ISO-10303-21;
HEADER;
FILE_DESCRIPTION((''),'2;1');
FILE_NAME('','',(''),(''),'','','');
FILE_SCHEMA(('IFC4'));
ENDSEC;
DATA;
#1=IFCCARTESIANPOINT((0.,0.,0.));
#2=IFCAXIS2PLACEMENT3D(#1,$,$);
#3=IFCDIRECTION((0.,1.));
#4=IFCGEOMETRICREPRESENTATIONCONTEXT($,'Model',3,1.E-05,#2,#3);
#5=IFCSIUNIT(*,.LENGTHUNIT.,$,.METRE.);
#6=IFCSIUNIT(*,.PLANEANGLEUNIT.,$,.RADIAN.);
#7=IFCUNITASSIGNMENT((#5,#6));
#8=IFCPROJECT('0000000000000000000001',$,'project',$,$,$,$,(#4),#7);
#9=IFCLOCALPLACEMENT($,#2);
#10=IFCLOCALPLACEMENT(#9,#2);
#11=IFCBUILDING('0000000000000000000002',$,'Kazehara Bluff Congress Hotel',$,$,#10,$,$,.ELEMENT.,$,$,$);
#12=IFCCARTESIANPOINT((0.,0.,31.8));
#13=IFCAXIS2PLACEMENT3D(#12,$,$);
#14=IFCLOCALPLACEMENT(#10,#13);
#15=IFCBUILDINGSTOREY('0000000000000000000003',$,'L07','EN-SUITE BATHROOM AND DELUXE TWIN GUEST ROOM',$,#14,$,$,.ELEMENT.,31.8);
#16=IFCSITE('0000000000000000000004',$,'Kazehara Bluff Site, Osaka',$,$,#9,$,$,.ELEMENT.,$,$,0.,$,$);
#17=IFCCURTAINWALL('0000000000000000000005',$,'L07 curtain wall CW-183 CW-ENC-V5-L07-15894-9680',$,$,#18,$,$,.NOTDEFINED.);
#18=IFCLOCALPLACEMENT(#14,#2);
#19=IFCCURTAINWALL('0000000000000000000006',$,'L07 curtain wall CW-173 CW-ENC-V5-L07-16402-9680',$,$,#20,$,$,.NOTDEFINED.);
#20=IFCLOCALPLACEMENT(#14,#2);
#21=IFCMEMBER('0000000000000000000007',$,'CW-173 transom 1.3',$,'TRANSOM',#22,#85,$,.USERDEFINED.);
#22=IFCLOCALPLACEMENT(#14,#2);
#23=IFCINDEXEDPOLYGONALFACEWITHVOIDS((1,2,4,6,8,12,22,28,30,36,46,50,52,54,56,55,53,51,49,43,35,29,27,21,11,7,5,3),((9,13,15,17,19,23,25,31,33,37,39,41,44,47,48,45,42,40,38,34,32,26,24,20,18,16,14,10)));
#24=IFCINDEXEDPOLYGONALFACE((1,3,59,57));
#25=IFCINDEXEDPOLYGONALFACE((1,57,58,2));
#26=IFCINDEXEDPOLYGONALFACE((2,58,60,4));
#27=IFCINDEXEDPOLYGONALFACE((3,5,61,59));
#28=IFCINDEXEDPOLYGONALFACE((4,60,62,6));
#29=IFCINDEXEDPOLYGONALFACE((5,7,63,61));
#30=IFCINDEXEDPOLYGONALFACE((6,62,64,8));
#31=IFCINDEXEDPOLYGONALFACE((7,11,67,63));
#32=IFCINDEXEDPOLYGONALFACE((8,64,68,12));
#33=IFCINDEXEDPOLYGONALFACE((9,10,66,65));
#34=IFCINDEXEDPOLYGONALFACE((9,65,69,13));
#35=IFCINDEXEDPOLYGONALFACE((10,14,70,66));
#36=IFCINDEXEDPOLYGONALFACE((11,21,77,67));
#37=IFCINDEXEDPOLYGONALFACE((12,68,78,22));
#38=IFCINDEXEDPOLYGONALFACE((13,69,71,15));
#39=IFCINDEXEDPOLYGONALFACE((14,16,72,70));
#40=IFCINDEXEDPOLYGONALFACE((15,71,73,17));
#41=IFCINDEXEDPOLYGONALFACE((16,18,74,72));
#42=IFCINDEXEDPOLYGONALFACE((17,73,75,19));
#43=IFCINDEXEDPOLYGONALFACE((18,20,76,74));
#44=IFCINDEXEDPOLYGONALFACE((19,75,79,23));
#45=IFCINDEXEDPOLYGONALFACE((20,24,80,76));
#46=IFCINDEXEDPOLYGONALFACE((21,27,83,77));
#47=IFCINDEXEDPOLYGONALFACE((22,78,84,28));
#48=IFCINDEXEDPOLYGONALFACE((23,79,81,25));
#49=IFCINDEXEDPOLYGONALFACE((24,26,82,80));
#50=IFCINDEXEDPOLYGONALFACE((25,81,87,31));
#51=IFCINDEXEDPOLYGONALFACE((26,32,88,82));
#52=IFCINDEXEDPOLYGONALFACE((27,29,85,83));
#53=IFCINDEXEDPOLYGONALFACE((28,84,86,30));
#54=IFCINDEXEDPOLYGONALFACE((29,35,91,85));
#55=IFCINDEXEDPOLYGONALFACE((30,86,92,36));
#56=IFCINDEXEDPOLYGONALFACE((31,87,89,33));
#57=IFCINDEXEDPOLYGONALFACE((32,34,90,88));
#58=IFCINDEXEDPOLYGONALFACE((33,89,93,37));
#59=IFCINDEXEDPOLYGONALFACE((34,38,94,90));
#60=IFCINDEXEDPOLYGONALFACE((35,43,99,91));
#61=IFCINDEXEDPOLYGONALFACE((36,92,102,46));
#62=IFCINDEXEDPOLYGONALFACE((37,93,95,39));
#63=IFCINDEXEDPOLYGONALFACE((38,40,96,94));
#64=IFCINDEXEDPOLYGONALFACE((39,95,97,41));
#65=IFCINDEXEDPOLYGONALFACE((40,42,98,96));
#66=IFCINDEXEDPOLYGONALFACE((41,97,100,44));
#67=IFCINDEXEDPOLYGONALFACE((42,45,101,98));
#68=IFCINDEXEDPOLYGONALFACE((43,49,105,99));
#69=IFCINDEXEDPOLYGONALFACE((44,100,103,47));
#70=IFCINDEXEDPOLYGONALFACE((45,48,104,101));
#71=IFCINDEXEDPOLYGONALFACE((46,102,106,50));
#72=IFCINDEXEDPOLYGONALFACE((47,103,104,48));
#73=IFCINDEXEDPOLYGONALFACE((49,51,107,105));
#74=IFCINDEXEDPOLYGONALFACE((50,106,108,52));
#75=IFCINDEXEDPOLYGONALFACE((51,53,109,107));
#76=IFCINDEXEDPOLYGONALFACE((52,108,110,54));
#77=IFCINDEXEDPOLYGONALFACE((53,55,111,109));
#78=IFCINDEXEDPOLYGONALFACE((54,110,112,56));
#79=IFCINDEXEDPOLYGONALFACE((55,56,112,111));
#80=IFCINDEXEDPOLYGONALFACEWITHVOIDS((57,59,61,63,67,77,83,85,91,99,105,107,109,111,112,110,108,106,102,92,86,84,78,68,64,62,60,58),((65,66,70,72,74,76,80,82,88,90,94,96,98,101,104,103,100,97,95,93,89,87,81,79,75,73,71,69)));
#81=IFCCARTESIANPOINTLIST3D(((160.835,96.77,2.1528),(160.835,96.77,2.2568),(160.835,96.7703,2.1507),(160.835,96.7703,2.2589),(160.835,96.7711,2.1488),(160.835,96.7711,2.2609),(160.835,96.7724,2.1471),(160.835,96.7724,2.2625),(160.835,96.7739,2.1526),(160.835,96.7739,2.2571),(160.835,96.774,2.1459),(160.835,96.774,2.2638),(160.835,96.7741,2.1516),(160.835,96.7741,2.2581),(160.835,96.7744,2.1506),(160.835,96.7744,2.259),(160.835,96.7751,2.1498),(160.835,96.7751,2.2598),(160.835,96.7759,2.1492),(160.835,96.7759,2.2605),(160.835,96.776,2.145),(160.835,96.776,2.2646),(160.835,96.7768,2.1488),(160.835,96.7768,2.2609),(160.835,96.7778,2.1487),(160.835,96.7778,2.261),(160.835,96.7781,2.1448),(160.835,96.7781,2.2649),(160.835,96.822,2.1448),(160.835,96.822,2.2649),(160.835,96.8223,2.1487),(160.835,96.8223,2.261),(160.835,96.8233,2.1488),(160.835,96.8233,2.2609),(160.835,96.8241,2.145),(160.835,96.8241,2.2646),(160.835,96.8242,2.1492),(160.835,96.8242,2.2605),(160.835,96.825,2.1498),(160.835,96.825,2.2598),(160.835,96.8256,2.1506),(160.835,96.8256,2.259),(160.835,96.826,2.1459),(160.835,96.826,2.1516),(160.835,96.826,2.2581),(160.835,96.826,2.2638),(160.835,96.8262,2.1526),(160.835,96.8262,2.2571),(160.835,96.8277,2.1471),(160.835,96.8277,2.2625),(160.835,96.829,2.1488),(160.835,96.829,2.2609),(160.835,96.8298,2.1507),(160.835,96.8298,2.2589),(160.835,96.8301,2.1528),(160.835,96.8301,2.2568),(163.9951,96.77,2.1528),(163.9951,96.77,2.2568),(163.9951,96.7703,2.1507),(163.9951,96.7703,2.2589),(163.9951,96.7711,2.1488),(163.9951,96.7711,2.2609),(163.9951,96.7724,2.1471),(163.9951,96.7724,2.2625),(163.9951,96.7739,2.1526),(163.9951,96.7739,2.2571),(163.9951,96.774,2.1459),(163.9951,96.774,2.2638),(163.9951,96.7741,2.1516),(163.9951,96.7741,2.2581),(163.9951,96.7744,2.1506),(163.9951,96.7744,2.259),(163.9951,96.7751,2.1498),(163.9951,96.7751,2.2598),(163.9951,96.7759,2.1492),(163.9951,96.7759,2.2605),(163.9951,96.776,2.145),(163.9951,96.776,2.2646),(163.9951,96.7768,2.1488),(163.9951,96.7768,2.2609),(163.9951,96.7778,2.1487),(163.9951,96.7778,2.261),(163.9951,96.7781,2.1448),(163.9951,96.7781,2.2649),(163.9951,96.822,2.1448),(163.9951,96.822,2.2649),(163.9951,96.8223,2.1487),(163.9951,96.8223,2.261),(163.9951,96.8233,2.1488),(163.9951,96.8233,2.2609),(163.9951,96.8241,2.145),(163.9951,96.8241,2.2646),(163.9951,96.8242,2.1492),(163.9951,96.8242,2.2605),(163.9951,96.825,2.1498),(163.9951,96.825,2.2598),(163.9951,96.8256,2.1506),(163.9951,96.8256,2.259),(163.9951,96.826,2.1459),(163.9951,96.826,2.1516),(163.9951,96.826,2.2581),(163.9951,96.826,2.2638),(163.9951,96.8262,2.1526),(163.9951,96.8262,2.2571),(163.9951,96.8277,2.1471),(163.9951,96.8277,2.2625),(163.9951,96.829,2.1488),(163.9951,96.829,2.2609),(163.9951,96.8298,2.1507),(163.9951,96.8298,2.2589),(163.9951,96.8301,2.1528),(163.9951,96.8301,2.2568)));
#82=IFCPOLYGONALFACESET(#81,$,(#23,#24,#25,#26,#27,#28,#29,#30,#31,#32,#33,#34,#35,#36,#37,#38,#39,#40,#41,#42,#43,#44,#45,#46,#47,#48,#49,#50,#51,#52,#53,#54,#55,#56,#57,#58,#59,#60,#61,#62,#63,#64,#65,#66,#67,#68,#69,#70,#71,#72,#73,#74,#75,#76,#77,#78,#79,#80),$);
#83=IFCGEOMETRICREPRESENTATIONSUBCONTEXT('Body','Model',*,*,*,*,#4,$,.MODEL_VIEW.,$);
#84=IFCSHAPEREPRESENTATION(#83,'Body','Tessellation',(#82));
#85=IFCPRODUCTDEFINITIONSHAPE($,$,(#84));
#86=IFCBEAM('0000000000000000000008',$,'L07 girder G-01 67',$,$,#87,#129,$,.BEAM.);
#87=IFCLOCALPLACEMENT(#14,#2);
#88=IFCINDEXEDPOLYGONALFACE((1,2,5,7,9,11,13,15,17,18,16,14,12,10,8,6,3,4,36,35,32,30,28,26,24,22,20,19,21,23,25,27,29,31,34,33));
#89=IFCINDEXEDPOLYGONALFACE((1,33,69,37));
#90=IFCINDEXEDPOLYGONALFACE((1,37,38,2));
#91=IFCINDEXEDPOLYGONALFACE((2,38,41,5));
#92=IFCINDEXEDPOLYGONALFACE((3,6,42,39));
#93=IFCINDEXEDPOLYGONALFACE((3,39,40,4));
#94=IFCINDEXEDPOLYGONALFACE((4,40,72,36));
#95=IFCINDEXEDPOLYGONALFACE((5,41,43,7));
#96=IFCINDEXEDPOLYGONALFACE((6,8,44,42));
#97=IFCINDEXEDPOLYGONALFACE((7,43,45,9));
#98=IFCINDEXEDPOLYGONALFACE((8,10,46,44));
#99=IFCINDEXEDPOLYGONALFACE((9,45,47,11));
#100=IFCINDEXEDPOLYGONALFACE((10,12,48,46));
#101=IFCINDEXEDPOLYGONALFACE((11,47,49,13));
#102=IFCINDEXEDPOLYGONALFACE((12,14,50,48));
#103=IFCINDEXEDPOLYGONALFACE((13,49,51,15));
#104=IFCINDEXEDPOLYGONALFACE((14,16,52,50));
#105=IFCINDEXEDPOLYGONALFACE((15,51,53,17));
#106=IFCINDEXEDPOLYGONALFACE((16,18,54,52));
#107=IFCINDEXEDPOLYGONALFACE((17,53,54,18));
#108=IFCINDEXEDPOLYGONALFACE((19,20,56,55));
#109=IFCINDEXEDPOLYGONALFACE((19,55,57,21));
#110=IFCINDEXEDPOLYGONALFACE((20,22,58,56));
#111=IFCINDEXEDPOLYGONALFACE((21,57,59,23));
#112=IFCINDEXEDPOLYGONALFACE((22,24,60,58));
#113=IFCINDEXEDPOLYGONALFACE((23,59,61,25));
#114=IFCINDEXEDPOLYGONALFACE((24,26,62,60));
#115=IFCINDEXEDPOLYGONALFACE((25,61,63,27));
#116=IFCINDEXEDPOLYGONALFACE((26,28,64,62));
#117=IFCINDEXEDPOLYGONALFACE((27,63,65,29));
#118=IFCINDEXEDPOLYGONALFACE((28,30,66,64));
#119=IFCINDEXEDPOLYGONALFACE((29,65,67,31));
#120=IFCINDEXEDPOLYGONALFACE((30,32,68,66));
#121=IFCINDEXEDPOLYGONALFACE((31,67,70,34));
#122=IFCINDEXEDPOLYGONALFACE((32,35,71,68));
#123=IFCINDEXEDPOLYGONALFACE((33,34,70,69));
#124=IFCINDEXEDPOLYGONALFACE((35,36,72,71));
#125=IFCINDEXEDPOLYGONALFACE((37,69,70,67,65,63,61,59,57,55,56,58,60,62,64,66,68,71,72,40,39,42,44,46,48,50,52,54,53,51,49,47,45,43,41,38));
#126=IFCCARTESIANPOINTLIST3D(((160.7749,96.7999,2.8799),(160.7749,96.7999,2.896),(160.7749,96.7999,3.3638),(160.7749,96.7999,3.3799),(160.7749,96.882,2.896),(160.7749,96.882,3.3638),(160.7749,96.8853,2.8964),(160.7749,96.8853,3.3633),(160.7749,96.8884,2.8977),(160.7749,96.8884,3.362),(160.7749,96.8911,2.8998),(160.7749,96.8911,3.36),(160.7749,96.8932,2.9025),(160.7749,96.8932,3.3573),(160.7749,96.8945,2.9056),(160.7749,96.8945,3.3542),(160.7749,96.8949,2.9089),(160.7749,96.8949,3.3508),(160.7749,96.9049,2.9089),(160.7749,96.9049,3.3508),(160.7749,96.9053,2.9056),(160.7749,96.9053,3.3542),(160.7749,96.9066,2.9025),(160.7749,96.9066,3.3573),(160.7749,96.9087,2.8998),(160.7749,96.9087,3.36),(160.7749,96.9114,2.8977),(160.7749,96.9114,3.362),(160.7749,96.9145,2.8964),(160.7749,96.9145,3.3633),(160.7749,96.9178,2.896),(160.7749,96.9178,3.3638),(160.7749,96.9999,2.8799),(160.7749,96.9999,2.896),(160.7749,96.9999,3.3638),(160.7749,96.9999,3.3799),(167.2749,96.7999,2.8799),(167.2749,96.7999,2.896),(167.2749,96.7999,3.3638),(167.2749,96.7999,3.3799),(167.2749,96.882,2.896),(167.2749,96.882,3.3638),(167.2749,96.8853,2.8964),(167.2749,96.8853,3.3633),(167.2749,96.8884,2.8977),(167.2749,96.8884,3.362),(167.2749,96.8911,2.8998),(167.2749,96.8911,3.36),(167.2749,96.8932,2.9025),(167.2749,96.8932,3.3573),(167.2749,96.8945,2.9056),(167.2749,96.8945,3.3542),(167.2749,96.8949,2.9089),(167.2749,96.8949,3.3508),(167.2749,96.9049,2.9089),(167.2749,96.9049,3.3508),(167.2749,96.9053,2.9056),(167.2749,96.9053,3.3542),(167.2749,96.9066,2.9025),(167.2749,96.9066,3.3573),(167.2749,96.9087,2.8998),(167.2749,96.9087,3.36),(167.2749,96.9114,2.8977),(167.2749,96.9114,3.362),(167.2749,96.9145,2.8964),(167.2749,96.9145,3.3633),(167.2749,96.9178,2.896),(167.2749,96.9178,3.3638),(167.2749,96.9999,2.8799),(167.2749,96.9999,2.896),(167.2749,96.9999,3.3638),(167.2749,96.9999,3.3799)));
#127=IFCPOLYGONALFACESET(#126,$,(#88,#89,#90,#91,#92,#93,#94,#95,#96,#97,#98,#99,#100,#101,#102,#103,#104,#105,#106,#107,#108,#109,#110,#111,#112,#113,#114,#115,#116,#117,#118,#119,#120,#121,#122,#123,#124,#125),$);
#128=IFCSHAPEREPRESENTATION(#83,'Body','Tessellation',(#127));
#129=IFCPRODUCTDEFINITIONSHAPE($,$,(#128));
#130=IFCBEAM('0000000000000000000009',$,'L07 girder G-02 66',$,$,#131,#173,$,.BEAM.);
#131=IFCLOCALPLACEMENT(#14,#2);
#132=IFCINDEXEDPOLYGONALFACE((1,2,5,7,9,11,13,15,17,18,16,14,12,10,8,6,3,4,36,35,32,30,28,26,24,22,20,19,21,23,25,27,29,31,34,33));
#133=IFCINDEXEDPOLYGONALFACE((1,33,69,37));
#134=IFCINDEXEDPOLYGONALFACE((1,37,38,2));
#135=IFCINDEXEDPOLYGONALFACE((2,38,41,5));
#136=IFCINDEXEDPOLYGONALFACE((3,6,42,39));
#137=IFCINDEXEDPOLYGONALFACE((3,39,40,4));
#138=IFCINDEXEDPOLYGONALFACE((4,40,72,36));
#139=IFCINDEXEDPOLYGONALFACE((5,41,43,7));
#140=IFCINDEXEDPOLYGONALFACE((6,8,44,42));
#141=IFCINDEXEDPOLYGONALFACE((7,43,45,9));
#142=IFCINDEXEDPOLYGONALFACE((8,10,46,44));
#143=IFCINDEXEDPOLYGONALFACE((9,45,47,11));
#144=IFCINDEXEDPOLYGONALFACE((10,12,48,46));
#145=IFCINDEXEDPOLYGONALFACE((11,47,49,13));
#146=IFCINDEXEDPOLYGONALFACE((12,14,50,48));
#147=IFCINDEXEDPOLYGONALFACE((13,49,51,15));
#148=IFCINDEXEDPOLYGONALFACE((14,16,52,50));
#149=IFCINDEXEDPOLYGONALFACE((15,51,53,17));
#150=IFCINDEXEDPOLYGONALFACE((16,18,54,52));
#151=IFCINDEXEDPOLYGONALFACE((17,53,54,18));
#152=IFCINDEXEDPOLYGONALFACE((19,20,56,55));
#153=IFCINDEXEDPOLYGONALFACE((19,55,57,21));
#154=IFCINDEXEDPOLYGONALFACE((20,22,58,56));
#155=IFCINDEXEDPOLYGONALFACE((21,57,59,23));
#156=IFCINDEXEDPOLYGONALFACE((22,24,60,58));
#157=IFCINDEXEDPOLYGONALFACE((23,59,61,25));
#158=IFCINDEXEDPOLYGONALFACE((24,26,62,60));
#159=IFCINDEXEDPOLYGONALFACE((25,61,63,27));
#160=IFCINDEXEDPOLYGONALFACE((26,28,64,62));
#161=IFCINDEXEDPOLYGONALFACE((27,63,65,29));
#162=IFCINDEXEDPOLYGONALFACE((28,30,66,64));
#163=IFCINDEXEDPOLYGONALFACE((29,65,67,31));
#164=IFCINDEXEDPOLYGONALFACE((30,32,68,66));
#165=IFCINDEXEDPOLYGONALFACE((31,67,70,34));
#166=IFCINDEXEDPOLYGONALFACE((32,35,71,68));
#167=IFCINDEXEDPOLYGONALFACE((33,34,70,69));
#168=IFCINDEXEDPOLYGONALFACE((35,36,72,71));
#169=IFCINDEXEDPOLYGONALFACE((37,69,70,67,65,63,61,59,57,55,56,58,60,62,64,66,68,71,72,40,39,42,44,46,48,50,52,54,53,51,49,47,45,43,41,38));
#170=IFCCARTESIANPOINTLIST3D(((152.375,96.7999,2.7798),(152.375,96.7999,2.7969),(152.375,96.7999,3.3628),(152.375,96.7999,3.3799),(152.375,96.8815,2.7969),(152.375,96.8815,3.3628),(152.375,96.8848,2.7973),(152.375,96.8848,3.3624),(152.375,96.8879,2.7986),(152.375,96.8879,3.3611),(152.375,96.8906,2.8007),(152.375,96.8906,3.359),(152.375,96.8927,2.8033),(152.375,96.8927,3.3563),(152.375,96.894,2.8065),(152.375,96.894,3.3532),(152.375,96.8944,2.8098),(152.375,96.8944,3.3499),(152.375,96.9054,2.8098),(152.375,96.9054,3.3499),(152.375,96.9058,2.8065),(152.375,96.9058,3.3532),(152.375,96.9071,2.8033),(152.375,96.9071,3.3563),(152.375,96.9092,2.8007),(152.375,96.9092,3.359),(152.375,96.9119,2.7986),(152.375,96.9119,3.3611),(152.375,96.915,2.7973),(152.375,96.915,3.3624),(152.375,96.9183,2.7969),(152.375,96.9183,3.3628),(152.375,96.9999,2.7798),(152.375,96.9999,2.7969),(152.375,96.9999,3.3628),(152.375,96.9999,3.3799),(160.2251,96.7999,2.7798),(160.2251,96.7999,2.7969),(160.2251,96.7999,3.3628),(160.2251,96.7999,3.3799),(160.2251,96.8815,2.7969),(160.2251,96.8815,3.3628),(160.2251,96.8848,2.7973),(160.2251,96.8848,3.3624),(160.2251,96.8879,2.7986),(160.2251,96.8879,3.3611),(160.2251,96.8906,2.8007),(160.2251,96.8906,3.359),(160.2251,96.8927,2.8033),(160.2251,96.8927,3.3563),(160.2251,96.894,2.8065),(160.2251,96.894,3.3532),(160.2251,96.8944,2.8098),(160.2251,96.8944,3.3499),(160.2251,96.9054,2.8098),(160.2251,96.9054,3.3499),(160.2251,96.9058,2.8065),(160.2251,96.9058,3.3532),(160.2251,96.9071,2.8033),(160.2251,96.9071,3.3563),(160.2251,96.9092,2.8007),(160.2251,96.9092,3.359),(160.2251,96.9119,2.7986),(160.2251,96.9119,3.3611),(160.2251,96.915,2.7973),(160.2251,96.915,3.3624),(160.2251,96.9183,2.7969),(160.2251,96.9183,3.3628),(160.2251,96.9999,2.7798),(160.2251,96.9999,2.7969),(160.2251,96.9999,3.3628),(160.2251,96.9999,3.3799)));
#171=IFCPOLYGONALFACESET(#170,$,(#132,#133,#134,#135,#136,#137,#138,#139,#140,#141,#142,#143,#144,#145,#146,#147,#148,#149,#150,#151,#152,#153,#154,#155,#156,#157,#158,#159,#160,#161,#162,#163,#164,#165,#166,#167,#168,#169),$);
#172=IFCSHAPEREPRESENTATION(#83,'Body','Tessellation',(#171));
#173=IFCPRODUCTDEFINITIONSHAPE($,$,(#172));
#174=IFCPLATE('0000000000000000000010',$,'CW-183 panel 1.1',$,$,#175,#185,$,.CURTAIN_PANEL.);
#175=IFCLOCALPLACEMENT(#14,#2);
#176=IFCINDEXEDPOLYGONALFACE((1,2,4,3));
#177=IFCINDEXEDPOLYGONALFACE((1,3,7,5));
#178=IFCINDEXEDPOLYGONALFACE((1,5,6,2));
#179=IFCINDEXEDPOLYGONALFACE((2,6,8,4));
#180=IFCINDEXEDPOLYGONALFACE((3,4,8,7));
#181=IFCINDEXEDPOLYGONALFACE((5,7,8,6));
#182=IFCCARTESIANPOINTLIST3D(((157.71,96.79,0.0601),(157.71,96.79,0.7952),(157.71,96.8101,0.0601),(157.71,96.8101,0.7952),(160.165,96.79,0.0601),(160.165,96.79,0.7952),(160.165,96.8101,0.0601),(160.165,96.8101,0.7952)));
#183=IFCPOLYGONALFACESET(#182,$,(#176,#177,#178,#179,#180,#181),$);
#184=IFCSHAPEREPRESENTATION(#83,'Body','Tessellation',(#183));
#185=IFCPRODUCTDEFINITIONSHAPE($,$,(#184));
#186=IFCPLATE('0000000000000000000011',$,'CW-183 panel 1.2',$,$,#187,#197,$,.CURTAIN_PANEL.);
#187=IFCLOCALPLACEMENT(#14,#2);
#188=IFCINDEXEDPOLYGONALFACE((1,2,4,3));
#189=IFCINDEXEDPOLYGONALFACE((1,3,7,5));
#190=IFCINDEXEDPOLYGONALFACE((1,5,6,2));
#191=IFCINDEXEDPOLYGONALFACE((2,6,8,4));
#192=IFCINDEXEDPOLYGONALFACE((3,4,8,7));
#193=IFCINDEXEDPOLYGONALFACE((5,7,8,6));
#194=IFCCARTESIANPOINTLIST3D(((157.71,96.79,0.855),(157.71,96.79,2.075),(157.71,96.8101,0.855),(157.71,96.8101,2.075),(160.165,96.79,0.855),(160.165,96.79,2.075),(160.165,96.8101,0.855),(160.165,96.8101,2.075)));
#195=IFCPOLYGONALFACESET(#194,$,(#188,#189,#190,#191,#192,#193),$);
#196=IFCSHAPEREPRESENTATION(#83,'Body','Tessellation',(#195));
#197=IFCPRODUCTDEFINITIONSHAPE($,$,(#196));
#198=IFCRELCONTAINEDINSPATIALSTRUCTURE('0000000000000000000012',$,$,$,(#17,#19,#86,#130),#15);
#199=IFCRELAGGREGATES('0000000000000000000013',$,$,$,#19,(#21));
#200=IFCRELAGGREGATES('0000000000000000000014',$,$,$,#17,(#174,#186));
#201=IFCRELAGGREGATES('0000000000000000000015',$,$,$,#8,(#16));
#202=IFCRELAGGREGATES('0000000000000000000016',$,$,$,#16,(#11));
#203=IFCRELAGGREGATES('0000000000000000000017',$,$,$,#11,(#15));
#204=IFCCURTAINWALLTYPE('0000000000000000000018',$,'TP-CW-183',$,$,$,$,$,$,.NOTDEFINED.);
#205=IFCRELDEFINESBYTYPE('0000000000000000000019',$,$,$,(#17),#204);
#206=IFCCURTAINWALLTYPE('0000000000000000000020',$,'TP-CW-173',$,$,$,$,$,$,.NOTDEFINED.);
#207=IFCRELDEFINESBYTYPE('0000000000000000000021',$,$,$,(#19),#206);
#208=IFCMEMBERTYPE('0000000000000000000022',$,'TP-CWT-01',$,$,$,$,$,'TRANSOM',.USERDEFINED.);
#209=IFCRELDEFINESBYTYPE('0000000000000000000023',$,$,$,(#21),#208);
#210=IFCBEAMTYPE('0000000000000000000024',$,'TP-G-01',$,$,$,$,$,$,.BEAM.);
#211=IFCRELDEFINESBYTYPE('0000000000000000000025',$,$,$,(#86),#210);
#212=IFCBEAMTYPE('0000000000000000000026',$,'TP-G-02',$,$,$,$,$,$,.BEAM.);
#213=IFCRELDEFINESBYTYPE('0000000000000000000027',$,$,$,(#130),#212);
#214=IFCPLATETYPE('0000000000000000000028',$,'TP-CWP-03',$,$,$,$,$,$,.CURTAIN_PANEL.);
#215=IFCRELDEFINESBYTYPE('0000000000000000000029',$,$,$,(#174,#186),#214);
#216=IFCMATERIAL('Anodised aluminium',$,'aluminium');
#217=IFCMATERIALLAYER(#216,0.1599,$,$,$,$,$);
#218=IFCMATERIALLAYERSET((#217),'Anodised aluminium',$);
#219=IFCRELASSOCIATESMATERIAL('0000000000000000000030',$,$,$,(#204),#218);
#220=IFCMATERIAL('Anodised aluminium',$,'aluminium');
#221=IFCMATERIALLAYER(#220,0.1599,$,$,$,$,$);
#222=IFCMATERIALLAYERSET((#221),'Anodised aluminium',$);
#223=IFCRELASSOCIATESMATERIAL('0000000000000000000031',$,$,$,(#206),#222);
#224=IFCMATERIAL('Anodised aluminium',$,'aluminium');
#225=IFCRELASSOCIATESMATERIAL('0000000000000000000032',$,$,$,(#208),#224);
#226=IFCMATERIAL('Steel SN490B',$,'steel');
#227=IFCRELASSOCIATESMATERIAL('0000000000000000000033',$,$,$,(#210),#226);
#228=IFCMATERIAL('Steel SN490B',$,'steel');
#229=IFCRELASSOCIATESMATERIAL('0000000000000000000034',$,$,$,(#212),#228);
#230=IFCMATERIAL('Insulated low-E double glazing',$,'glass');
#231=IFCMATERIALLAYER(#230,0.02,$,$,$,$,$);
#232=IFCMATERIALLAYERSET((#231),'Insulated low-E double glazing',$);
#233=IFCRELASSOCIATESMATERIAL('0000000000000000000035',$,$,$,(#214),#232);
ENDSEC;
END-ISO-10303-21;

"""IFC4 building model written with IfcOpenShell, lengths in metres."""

from ifc_helpers import new_model, si_unit, direction, frame, origin, origin_2d, place, context, subcontext, project, spatial, rectangle, hollow_rectangle, i_section, extrude, material, layer, layer_set, material_profile, profile_set, type_object, element, aggregate, save


model = new_model("IFC4")

# Units and contexts
model_context = context("Model", 3, precision=1e-05, world=origin(), true_north=direction((0.0, 1.0)))
body_context = subcontext(model_context, "Body", "Model", "MODEL_VIEW")
ifc_project = project(units=[si_unit("LENGTHUNIT", "METRE"), si_unit("PLANEANGLEUNIT", "RADIAN")], contexts=[model_context])

# Site, building, storey
site_placement = place(None, origin())
site = spatial("IfcSite", under=ifc_project, at=site_placement, Name="Kazehara Bluff Site, Osaka", CompositionType="ELEMENT", RefElevation=0.0)
building_placement = place(site_placement, origin())
building = spatial("IfcBuilding", under=site, at=building_placement, Name="Kazehara Bluff Congress Hotel", CompositionType="ELEMENT")
storey_placement = place(building_placement, frame((0.0, 0.0, 31.8)))
storey = spatial("IfcBuildingStorey", under=building, at=storey_placement, Name="L07", Description="EN-SUITE BATHROOM AND DELUXE TWIN GUEST ROOM", CompositionType="ELEMENT", Elevation=31.8)

# Curtain wall
ifc_material_1 = material(Name="Anodised aluminium", Category="aluminium")
ifc_layer_1 = layer(ifc_material_1, 0.1599)
ifc_layer_set_1 = layer_set([ifc_layer_1], Name="Anodised aluminium")
curtain_wall_type_1 = type_object("IfcCurtainWallType", Name="TP-CW-183", PredefinedType="NOTDEFINED", material=ifc_layer_set_1)
curtain_wall_1_placement = place(storey_placement, origin())
curtain_wall_1 = element("IfcCurtainWall", 1, at=curtain_wall_1_placement, inside=storey, type_object=curtain_wall_type_1, Name="L07 curtain wall CW-183 CW-ENC-V5-L07-15894-9680", PredefinedType="NOTDEFINED")

# Curtain wall
ifc_material_2 = material(Name="Anodised aluminium", Category="aluminium")
ifc_layer_2 = layer(ifc_material_2, 0.1599)
ifc_layer_set_2 = layer_set([ifc_layer_2], Name="Anodised aluminium")
curtain_wall_type_2 = type_object("IfcCurtainWallType", Name="TP-CW-173", PredefinedType="NOTDEFINED", material=ifc_layer_set_2)
curtain_wall_2_placement = place(storey_placement, origin())
curtain_wall_2 = element("IfcCurtainWall", 2, at=curtain_wall_2_placement, inside=storey, type_object=curtain_wall_type_2, Name="L07 curtain wall CW-173 CW-ENC-V5-L07-16402-9680", PredefinedType="NOTDEFINED")

# Member
ifc_material_3 = material(Name="Anodised aluminium", Category="aluminium")
ifc_material_profile_1 = material_profile(ifc_material_3, hollow_rectangle(XDim=0.0601, YDim=0.1201, WallThickness=0.0039, InnerFilletRadius=0.0039, OuterFilletRadius=0.0081, at=origin_2d()))
ifc_profile_set_1 = profile_set([ifc_material_profile_1], Name="Anodised aluminium")
member_type_1 = type_object("IfcMemberType", Name="TP-CWT-01", ElementType="TRANSOM", PredefinedType="USERDEFINED", material=ifc_profile_set_1)
member_1_placement = place(storey_placement, frame((160.835, 96.8, 2.2048), z_axis=(1.0, 0.0, 0.0), x_axis=(0.0, 1.0, 0.0)))
member_1 = element("IfcMember", 3, at=member_1_placement, type_object=member_type_1, Name="CW-173 transom 1.3", ObjectType="TRANSOM", PredefinedType="USERDEFINED", context=body_context, shape_type="SweptSolid", body=[
    extrude(hollow_rectangle(XDim=0.0601, YDim=0.1201, WallThickness=0.0039, InnerFilletRadius=0.0039, OuterFilletRadius=0.0081, at=origin_2d()), origin(), (0.0, 0.0, 1.0), 3.1602),
])
aggregate(curtain_wall_2, [member_1])

# Beams
ifc_material_4 = material(Name="Steel SN490B", Category="steel")
ifc_material_profile_2 = material_profile(ifc_material_4, i_section(OverallWidth=0.2, OverallDepth=0.5, WebThickness=0.01, FlangeThickness=0.0161, FilletRadius=0.0129, at=origin_2d()))
ifc_profile_set_2 = profile_set([ifc_material_profile_2], Name="Steel SN490B")
beam_type_1 = type_object("IfcBeamType", Name="TP-G-01", PredefinedType="BEAM", material=ifc_profile_set_2)
beam_1_placement = place(storey_placement, frame((160.7749, 96.8999, 3.1299), z_axis=(1.0, 0.0, 0.0), x_axis=(0.0, 1.0, 0.0)))
element("IfcBeam", 4, at=beam_1_placement, inside=storey, type_object=beam_type_1, Name="L07 girder G-01 67", PredefinedType="BEAM", context=body_context, shape_type="SweptSolid", body=[
    extrude(i_section(OverallWidth=0.2, OverallDepth=0.5, WebThickness=0.01, FlangeThickness=0.0161, FilletRadius=0.0129, at=origin_2d()), origin(), (0.0, 0.0, 1.0), 6.5),
])
ifc_material_5 = material(Name="Steel SN490B", Category="steel")
ifc_material_profile_3 = material_profile(ifc_material_5, i_section(OverallWidth=0.2, OverallDepth=0.6001, WebThickness=0.011, FlangeThickness=0.0171, FilletRadius=0.0129, at=origin_2d()))
ifc_profile_set_3 = profile_set([ifc_material_profile_3], Name="Steel SN490B")
beam_type_2 = type_object("IfcBeamType", Name="TP-G-02", PredefinedType="BEAM", material=ifc_profile_set_3)
beam_2_placement = place(storey_placement, frame((152.375, 96.8999, 3.0798), z_axis=(1.0, 0.0, 0.0), x_axis=(0.0, 1.0, 0.0)))
element("IfcBeam", 5, at=beam_2_placement, inside=storey, type_object=beam_type_2, Name="L07 girder G-02 66", PredefinedType="BEAM", context=body_context, shape_type="SweptSolid", body=[
    extrude(i_section(OverallWidth=0.2, OverallDepth=0.6001, WebThickness=0.011, FlangeThickness=0.0171, FilletRadius=0.0129, at=origin_2d()), origin(), (0.0, 0.0, 1.0), 7.8501),
])

# Plates
ifc_material_6 = material(Name="Insulated low-E double glazing", Category="glass")
ifc_layer_3 = layer(ifc_material_6, 0.02)
ifc_layer_set_3 = layer_set([ifc_layer_3], Name="Insulated low-E double glazing")
plate_type = type_object("IfcPlateType", Name="TP-CWP-03", PredefinedType="CURTAIN_PANEL", material=ifc_layer_set_3)
plate_1_placement = place(storey_placement, frame((158.9375, 96.8, 0.0601), z_axis=(0.0, 0.0, 1.0), x_axis=(1.0, 0.0, 0.0)))
plate_1 = element("IfcPlate", 6, at=plate_1_placement, type_object=plate_type, Name="CW-183 panel 1.1", PredefinedType="CURTAIN_PANEL", context=body_context, shape_type="SweptSolid", body=[
    extrude(rectangle(XDim=2.4551, YDim=0.02, at=origin_2d()), origin(), (0.0, 0.0, 1.0), 0.7351),
])
plate_2_placement = place(storey_placement, frame((158.9375, 96.8, 0.855), z_axis=(0.0, 0.0, 1.0), x_axis=(1.0, 0.0, 0.0)))
plate_2 = element("IfcPlate", 7, at=plate_2_placement, type_object=plate_type, Name="CW-183 panel 1.2", PredefinedType="CURTAIN_PANEL", context=body_context, shape_type="SweptSolid", body=[
    extrude(rectangle(XDim=2.4551, YDim=0.02, at=origin_2d()), origin(), (0.0, 0.0, 1.0), 1.22),
])
aggregate(curtain_wall_1, [plate_1, plate_2])

save(model, "model.ifc")
